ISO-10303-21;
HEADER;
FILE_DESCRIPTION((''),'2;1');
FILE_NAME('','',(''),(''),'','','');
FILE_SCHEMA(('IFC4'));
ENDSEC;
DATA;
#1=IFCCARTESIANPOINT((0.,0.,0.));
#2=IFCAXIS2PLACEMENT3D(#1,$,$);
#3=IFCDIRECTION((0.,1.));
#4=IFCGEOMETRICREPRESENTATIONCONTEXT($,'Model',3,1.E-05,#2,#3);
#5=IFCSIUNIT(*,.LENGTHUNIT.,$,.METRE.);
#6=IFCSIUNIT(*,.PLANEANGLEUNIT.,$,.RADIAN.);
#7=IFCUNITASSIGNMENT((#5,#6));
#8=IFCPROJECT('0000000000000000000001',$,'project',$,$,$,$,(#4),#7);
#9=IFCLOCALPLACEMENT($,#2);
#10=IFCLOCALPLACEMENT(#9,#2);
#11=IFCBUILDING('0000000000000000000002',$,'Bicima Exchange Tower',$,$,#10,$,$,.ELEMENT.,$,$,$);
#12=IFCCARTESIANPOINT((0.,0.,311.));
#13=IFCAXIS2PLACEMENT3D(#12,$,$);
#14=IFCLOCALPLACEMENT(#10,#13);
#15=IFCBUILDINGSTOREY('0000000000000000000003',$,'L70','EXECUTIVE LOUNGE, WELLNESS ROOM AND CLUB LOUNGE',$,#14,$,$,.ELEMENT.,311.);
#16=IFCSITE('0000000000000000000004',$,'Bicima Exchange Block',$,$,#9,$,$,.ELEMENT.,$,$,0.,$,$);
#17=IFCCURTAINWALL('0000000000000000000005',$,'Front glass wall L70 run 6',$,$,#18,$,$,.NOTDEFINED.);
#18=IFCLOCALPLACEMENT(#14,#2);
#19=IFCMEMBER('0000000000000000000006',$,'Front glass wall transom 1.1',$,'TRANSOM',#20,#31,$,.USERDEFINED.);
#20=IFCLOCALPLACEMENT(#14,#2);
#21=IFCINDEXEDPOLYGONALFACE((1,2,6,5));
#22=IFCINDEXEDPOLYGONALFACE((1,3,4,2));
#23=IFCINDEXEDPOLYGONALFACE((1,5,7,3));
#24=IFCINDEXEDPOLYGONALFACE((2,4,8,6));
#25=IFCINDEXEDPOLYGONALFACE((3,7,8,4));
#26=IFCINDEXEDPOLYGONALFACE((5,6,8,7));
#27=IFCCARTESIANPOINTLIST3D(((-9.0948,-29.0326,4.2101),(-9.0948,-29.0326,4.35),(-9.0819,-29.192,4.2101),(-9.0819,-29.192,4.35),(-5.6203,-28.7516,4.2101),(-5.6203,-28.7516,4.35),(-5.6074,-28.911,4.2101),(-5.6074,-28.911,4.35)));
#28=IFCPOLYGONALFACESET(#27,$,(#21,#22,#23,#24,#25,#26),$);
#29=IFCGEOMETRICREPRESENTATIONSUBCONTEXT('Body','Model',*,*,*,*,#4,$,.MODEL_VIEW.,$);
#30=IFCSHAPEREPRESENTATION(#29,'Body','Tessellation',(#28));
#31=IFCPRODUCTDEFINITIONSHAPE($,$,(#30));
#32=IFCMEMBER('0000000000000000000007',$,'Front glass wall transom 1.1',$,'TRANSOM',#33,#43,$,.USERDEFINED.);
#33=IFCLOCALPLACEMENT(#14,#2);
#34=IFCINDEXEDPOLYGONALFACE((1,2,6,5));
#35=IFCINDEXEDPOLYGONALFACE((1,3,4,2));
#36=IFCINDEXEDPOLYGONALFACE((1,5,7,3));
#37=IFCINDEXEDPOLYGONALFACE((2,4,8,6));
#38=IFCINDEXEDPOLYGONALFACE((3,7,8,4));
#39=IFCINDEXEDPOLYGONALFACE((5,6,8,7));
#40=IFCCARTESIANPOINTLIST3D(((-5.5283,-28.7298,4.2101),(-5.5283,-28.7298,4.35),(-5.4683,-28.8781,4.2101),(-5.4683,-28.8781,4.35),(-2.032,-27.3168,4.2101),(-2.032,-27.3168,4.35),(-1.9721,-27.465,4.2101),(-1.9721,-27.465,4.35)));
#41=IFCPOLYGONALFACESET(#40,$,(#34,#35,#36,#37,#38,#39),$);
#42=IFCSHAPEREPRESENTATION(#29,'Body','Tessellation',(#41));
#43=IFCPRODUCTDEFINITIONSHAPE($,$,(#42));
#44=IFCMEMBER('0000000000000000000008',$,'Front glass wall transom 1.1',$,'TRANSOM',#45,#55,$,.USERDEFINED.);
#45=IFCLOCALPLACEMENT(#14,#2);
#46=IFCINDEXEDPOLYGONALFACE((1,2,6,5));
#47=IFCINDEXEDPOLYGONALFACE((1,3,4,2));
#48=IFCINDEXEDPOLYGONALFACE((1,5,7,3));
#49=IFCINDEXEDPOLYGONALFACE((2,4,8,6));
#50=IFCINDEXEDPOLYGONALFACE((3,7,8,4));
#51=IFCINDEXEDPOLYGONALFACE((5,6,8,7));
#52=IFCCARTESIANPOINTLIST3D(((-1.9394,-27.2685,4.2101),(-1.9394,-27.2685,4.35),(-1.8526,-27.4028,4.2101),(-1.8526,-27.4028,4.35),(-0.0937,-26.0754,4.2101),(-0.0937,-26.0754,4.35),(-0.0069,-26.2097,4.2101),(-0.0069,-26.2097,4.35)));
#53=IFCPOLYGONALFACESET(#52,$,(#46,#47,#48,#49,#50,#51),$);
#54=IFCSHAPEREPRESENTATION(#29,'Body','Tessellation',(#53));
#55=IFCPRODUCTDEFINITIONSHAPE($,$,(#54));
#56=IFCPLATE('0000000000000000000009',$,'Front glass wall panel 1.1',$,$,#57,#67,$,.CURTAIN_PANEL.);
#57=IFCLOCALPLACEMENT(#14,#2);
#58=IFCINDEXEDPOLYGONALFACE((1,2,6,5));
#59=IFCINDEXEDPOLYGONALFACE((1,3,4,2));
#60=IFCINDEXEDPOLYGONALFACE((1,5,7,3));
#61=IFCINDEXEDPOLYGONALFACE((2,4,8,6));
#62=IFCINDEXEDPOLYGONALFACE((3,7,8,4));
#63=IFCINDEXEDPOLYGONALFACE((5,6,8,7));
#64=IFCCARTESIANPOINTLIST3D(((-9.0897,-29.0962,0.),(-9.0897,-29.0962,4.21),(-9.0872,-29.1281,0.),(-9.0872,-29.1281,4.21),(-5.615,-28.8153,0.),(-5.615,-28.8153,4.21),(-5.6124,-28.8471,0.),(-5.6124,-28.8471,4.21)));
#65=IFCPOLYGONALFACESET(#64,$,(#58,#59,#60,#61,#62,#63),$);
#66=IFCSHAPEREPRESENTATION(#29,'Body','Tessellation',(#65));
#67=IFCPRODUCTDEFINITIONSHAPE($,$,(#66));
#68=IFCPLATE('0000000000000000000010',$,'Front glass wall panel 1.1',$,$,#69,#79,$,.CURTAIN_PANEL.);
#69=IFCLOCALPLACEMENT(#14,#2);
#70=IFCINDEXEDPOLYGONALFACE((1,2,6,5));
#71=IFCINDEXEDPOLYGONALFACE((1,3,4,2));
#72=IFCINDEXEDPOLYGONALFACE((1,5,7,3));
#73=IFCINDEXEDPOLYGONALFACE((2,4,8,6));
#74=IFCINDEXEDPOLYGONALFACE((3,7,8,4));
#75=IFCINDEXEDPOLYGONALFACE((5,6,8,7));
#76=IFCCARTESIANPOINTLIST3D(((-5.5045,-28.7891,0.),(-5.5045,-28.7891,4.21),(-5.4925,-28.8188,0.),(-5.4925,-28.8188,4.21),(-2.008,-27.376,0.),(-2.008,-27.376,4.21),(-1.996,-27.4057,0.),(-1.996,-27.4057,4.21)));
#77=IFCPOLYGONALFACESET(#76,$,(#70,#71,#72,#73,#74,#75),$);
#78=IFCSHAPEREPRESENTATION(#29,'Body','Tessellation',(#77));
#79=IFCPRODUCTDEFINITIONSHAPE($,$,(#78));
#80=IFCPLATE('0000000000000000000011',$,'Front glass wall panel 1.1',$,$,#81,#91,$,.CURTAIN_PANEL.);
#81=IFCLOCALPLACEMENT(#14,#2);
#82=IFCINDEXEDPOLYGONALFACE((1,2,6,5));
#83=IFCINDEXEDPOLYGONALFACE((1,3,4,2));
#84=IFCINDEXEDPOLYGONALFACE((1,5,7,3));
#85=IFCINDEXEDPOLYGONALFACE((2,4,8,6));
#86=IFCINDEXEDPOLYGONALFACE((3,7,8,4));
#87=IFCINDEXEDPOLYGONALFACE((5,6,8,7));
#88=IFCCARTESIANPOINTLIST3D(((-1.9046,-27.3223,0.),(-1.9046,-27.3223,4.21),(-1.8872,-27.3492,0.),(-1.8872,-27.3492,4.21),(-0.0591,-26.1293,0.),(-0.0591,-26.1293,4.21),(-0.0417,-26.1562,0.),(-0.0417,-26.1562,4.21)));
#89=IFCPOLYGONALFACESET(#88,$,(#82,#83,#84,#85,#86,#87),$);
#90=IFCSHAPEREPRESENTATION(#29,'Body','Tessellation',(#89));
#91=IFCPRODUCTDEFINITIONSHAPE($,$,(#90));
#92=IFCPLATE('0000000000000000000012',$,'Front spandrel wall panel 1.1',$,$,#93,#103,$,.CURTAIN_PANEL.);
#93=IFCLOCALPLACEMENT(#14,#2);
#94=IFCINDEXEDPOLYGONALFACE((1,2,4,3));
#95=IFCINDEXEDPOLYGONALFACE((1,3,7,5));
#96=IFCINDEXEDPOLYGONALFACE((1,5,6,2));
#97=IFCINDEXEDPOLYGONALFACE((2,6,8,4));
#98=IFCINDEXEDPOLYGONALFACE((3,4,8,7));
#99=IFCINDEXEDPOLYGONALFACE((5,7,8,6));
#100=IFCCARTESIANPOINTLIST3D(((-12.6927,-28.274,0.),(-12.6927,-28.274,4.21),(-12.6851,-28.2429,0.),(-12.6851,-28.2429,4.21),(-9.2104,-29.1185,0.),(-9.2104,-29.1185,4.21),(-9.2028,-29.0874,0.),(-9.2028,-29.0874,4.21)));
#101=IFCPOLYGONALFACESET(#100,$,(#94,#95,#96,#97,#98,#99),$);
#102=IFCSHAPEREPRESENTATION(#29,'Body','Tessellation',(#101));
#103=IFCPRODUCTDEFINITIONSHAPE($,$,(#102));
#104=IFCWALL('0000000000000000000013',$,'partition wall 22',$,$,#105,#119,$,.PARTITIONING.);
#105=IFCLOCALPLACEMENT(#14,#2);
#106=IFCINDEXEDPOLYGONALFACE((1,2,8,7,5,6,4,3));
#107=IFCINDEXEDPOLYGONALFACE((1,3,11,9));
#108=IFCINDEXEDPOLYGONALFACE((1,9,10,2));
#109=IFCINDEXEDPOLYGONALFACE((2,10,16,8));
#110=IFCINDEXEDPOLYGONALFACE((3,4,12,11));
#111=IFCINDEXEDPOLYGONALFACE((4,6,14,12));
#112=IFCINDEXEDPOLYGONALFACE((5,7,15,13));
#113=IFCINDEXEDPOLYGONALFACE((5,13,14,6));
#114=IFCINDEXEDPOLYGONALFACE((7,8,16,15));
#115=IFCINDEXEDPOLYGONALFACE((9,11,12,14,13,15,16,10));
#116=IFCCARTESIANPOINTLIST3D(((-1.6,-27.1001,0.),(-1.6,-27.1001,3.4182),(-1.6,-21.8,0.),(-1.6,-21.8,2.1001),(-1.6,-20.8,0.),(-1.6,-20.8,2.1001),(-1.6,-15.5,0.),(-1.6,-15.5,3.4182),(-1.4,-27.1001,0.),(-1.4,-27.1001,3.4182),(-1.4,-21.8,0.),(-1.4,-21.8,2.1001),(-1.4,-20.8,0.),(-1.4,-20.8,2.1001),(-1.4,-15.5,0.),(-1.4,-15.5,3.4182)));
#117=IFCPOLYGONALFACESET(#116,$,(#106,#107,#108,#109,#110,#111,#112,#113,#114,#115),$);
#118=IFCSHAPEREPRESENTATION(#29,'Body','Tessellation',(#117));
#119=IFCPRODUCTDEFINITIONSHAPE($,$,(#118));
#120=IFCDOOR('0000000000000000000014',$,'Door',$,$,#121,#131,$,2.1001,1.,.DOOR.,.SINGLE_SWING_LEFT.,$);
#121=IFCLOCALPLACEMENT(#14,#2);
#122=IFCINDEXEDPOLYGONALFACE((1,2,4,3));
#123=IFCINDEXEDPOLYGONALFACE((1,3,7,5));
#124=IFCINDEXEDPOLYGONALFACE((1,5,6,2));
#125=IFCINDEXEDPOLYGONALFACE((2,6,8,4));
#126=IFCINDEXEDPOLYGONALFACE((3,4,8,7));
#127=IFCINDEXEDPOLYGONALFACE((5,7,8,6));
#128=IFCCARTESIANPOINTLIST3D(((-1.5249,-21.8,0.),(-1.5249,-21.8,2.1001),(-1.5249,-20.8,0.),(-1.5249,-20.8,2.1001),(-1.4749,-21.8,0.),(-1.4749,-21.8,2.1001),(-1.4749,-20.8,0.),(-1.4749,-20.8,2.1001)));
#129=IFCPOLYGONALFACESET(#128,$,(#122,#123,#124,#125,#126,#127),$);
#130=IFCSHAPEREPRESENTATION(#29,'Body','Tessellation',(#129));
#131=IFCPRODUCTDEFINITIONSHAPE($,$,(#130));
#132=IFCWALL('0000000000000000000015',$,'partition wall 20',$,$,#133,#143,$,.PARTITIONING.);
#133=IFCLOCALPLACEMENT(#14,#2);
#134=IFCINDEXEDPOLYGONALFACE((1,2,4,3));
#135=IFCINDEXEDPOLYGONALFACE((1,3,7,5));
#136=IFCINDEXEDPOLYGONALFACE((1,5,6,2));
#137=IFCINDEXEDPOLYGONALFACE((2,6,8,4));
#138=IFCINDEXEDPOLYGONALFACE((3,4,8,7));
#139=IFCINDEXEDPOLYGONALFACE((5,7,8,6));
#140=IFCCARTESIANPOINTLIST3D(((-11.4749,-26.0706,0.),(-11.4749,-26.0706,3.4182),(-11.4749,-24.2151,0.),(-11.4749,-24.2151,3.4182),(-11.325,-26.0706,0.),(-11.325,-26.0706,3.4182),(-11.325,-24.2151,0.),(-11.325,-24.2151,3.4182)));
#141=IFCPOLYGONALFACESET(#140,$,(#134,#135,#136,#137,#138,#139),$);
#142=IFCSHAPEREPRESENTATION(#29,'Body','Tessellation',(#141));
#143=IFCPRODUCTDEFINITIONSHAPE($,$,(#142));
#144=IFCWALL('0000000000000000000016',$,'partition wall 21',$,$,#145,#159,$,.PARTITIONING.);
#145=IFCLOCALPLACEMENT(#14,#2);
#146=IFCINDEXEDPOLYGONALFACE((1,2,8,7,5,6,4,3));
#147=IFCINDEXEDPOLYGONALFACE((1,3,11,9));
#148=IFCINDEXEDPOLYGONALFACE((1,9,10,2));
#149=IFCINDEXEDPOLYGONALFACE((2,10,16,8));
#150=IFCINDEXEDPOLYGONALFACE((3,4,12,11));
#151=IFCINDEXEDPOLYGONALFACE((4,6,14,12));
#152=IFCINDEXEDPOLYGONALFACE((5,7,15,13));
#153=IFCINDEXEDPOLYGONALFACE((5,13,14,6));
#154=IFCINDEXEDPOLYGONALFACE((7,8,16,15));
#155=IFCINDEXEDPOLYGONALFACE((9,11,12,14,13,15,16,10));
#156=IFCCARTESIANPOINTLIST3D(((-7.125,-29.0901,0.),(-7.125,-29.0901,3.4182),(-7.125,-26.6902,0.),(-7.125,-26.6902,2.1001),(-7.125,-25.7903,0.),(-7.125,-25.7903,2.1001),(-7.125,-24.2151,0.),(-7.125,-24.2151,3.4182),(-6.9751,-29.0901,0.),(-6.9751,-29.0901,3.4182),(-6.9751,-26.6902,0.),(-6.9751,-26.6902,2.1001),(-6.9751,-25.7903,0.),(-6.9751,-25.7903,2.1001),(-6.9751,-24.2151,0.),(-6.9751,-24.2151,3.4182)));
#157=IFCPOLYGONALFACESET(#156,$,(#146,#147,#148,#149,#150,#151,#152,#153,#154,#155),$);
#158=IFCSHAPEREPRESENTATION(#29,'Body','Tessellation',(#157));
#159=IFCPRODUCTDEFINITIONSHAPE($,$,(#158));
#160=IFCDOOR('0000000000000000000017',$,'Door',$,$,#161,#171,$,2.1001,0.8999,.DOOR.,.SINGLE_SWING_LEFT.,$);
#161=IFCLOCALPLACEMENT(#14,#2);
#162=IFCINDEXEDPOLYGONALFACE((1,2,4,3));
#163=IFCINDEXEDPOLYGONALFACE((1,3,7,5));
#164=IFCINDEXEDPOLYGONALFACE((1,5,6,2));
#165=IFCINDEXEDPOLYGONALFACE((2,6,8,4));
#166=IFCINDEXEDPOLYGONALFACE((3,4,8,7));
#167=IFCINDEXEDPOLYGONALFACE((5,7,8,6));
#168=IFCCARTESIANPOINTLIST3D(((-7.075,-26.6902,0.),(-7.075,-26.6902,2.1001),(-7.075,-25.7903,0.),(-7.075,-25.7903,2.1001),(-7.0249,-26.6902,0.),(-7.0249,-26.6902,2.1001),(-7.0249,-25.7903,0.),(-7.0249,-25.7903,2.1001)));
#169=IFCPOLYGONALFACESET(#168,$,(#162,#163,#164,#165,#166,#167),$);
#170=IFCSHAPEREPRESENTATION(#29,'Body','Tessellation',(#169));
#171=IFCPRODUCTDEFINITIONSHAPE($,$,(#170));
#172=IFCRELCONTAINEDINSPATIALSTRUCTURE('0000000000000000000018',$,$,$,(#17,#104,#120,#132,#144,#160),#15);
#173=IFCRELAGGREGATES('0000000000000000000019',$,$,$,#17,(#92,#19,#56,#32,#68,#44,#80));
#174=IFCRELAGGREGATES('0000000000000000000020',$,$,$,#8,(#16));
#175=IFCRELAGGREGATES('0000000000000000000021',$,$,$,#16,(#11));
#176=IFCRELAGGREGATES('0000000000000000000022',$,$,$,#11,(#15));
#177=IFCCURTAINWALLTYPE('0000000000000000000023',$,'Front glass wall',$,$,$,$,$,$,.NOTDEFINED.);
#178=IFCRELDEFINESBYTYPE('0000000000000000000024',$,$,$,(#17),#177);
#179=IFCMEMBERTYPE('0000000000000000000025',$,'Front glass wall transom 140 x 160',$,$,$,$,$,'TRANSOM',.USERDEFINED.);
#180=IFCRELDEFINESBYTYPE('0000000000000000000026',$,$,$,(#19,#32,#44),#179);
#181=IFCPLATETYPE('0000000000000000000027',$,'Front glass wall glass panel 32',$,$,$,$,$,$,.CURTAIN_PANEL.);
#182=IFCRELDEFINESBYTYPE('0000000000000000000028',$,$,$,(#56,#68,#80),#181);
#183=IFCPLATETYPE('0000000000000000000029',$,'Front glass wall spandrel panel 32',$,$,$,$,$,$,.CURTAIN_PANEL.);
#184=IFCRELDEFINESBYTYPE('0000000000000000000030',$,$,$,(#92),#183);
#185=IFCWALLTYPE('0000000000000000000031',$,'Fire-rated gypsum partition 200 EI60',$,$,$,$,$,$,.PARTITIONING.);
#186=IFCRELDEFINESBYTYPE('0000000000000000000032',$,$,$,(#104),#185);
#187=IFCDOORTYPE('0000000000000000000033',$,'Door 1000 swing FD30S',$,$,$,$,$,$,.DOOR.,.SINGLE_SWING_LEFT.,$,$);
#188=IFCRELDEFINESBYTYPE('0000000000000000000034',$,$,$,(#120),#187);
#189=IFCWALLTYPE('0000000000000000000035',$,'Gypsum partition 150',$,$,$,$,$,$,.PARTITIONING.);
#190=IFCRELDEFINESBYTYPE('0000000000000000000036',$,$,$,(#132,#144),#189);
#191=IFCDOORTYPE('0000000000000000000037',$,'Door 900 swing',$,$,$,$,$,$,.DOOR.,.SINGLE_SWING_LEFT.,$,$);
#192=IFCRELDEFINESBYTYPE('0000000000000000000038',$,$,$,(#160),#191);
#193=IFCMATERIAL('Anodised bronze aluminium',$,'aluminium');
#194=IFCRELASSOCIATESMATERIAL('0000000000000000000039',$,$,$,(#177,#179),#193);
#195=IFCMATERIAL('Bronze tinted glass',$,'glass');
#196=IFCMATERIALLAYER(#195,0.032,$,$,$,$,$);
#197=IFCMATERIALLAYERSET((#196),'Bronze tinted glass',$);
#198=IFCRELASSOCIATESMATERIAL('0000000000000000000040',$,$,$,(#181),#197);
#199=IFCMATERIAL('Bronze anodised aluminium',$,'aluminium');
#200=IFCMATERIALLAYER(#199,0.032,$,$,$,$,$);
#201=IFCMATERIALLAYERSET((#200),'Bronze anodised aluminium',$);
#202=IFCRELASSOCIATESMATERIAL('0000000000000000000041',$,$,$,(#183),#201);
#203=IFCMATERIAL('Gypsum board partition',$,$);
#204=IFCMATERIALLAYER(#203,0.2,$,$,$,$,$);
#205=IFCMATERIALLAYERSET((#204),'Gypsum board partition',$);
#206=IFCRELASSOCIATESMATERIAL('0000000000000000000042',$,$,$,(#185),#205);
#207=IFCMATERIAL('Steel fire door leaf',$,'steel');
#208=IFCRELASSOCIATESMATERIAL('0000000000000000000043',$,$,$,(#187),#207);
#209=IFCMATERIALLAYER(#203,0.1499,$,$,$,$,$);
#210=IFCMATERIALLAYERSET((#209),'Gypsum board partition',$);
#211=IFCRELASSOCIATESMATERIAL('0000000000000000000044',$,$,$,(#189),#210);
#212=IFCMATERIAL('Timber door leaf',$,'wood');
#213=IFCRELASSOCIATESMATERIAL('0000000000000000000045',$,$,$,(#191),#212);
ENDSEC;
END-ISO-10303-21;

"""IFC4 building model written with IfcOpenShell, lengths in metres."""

from ifc_helpers import new_model, si_unit, direction, frame, frame_2d, origin, origin_2d, place, context, subcontext, project, spatial, rectangle, extrude, material, layer, layer_set, material_profile, profile_set, type_object, element, fill, aggregate, save


model = new_model("IFC4")

# Units and contexts
model_context = context("Model", 3, precision=1e-05, world=origin(), true_north=direction((0.0, 1.0)))
body_context = subcontext(model_context, "Body", "Model", "MODEL_VIEW")
ifc_project = project(units=[si_unit("LENGTHUNIT", "METRE"), si_unit("PLANEANGLEUNIT", "RADIAN")], contexts=[model_context])

# Site, building, storey
site_placement = place(None, origin())
site = spatial("IfcSite", under=ifc_project, at=site_placement, Name="Bicima Exchange Block", CompositionType="ELEMENT", RefElevation=0.0)
building_placement = place(site_placement, origin())
building = spatial("IfcBuilding", under=site, at=building_placement, Name="Bicima Exchange Tower", CompositionType="ELEMENT")
storey_placement = place(building_placement, frame((0.0, 0.0, 311.0)))
storey = spatial("IfcBuildingStorey", under=building, at=storey_placement, Name="L70", Description="EXECUTIVE LOUNGE, WELLNESS ROOM AND CLUB LOUNGE", CompositionType="ELEMENT", Elevation=311.0)

# Curtain wall, members, plates
ifc_material_1 = material(Name="Anodised bronze aluminium", Category="aluminium")
curtain_wall_type = type_object("IfcCurtainWallType", Name="Front glass wall", PredefinedType="NOTDEFINED", material=ifc_material_1)
curtain_wall_placement = place(storey_placement, origin())
curtain_wall = element("IfcCurtainWall", 1, at=curtain_wall_placement, inside=storey, type_object=curtain_wall_type, Name="Front glass wall L70 run 6", PredefinedType="NOTDEFINED")
ifc_material_profile_1 = material_profile(ifc_material_1, rectangle(XDim=0.1599, YDim=0.1399, at=origin_2d()))
ifc_profile_set_1 = profile_set([ifc_material_profile_1], Name="Anodised bronze aluminium")
member_type_1 = type_object("IfcMemberType", Name="Front glass wall transom 140 x 160", ElementType="TRANSOM", PredefinedType="USERDEFINED", material=ifc_profile_set_1)
member_1_placement = place(storey_placement, frame((-9.0884, -29.1123, 4.28), z_axis=(0.996746, 0.080611, 0.0), x_axis=(-0.080611, 0.996746, 0.0)))
member_1 = element("IfcMember", 2, at=member_1_placement, type_object=member_type_1, Name="Front glass wall transom 1.1", ObjectType="TRANSOM", PredefinedType="USERDEFINED", context=body_context, shape_type="SweptSolid", body=[
    extrude(rectangle(XDim=0.1599, YDim=0.1399, at=origin_2d()), origin(), (0.0, 0.0, 1.0), 3.4858),
])
member_2_placement = place(storey_placement, frame((-5.4983, -28.804, 4.28), z_axis=(0.92714, 0.374715, 0.0), x_axis=(-0.374715, 0.92714, 0.0)))
member_2 = element("IfcMember", 3, at=member_2_placement, type_object=member_type_1, Name="Front glass wall transom 1.1", ObjectType="TRANSOM", PredefinedType="USERDEFINED", context=body_context, shape_type="SweptSolid", body=[
    extrude(rectangle(XDim=0.1599, YDim=0.1399, at=origin_2d()), origin(), (0.0, 0.0, 1.0), 3.771),
])
member_3_placement = place(storey_placement, frame((-1.896, -27.3357, 4.28), z_axis=(0.839811, 0.542878, 0.0), x_axis=(-0.542878, 0.839811, 0.0)))
member_3 = element("IfcMember", 4, at=member_3_placement, type_object=member_type_1, Name="Front glass wall transom 1.1", ObjectType="TRANSOM", PredefinedType="USERDEFINED", context=body_context, shape_type="SweptSolid", body=[
    extrude(rectangle(XDim=0.1599, YDim=0.1399, at=origin_2d()), origin(), (0.0, 0.0, 1.0), 2.1978),
])
ifc_material_2 = material(Name="Bronze tinted glass", Category="glass")
ifc_layer_1 = layer(ifc_material_2, 0.032)
ifc_layer_set_1 = layer_set([ifc_layer_1], Name="Bronze tinted glass")
plate_type_1 = type_object("IfcPlateType", Name="Front glass wall glass panel 32", PredefinedType="CURTAIN_PANEL", material=ifc_layer_set_1)
plate_1_placement = place(storey_placement, frame((-7.3511, -28.9717, 0.0), z_axis=(0.0, 0.0, 1.0), x_axis=(0.996747, 0.080589, 0.0)))
plate_1 = element("IfcPlate", 5, at=plate_1_placement, type_object=plate_type_1, Name="Front glass wall panel 1.1", PredefinedType="CURTAIN_PANEL", context=body_context, shape_type="SweptSolid", body=[
    extrude(rectangle(XDim=3.4861, YDim=0.032, at=origin_2d()), origin(), (0.0, 0.0, 1.0), 4.21),
])
plate_2_placement = place(storey_placement, frame((-3.7502, -28.0974, 0.0), z_axis=(0.0, 0.0, 1.0), x_axis=(0.927144, 0.374705, 0.0)))
plate_2 = element("IfcPlate", 6, at=plate_2_placement, type_object=plate_type_1, Name="Front glass wall panel 1.1", PredefinedType="CURTAIN_PANEL", context=body_context, shape_type="SweptSolid", body=[
    extrude(rectangle(XDim=3.7712, YDim=0.032, at=origin_2d()), origin(), (0.0, 0.0, 1.0), 4.21),
])
plate_3_placement = place(storey_placement, frame((-0.9731, -26.7393, 0.0), z_axis=(0.0, 0.0, 1.0), x_axis=(0.839799, 0.542897, 0.0)))
plate_3 = element("IfcPlate", 7, at=plate_3_placement, type_object=plate_type_1, Name="Front glass wall panel 1.1", PredefinedType="CURTAIN_PANEL", context=body_context, shape_type="SweptSolid", body=[
    extrude(rectangle(XDim=2.1975, YDim=0.032, at=origin_2d()), origin(), (0.0, 0.0, 1.0), 4.21),
])
ifc_material_3 = material(Name="Bronze anodised aluminium", Category="aluminium")
ifc_layer_2 = layer(ifc_material_3, 0.032)
ifc_layer_set_2 = layer_set([ifc_layer_2], Name="Bronze anodised aluminium")
plate_type_2 = type_object("IfcPlateType", Name="Front glass wall spandrel panel 32", PredefinedType="CURTAIN_PANEL", material=ifc_layer_set_2)
plate_4_placement = place(storey_placement, frame((-10.9478, -28.6807, 0.0), z_axis=(0.0, 0.0, 1.0), x_axis=(0.97183, -0.235682, 0.0)))
plate_4 = element("IfcPlate", 8, at=plate_4_placement, type_object=plate_type_2, Name="Front spandrel wall panel 1.1", PredefinedType="CURTAIN_PANEL", context=body_context, shape_type="SweptSolid", body=[
    extrude(rectangle(XDim=3.5833, YDim=0.032, at=origin_2d()), origin(), (0.0, 0.0, 1.0), 4.21),
])
aggregate(curtain_wall, [plate_4, member_1, plate_1, member_2, plate_2, member_3, plate_3])

# Wall, opening, door
ifc_material_4 = material(Name="Gypsum board partition")
ifc_layer_3 = layer(ifc_material_4, 0.2)
ifc_layer_set_3 = layer_set([ifc_layer_3], Name="Gypsum board partition")
wall_type_1 = type_object("IfcWallType", Name="Fire-rated gypsum partition 200 EI60", PredefinedType="PARTITIONING", material=ifc_layer_set_3)
wall_1_placement = place(storey_placement, frame((-1.5, -27.1001, 0.0), z_axis=(0.0, 0.0, 1.0), x_axis=(0.0, 1.0, 0.0)))
wall_1 = element("IfcWall", 9, at=wall_1_placement, inside=storey, type_object=wall_type_1, Name="partition wall 22", PredefinedType="PARTITIONING", context=body_context, shape_type="SweptSolid", body=[
    extrude(rectangle(XDim=11.6001, YDim=0.2, at=frame_2d((5.8, 0.0))), origin(), (0.0, 0.0, 1.0), 3.4182),
])
opening_1_placement = place(wall_1_placement, frame((5.3, 0.0, 0.0)))
opening_1 = element("IfcOpeningElement", 10, at=opening_1_placement, cuts=wall_1, PredefinedType="OPENING", context=body_context, shape_type="SweptSolid", body=[
    extrude(rectangle(XDim=1.0, YDim=2.1001, at=frame_2d((0.5, 1.05))), frame((0.0, 0.1118, 0.0), z_axis=(0.0, -1.0, 0.0), x_axis=(1.0, 0.0, 0.0)), (0.0, 0.0, 1.0), 0.2239),
])
ifc_material_5 = material(Name="Steel fire door leaf", Category="steel")
door_type_1 = type_object("IfcDoorType", Name="Door 1000 swing FD30S", OperationType="SINGLE_SWING_LEFT", PredefinedType="DOOR", material=ifc_material_5)
door_1_placement = place(opening_1_placement, origin())
door_1 = element("IfcDoor", 11, at=door_1_placement, inside=storey, type_object=door_type_1, Name="Door", OperationType="SINGLE_SWING_LEFT", OverallHeight=2.1001, OverallWidth=1.0, PredefinedType="DOOR", context=body_context, shape_type="SweptSolid", body=[
    extrude(rectangle(XDim=1.0, YDim=2.1001, at=frame_2d((0.5, 1.05))), frame((0.0, 0.0249, 0.0), z_axis=(0.0, -1.0, 0.0), x_axis=(1.0, 0.0, 0.0)), (0.0, 0.0, 1.0), 0.05),
])
fill(opening_1, door_1)

# Wall
ifc_layer_4 = layer(ifc_material_4, 0.1499)
ifc_layer_set_4 = layer_set([ifc_layer_4], Name="Gypsum board partition")
wall_type_2 = type_object("IfcWallType", Name="Gypsum partition 150", PredefinedType="PARTITIONING", material=ifc_layer_set_4)
wall_2_placement = place(storey_placement, frame((-11.3999, -26.0706, 0.0), z_axis=(0.0, 0.0, 1.0), x_axis=(0.0, 1.0, 0.0)))
element("IfcWall", 12, at=wall_2_placement, inside=storey, type_object=wall_type_2, Name="partition wall 20", PredefinedType="PARTITIONING", context=body_context, shape_type="SweptSolid", body=[
    extrude(rectangle(XDim=1.8555, YDim=0.1499, at=frame_2d((0.9277, 0.0))), origin(), (0.0, 0.0, 1.0), 3.4182),
])

# Wall, opening, door
wall_3_placement = place(storey_placement, frame((-7.05, -29.0901, 0.0), z_axis=(0.0, 0.0, 1.0), x_axis=(0.0, 1.0, 0.0)))
wall_3 = element("IfcWall", 13, at=wall_3_placement, inside=storey, type_object=wall_type_2, Name="partition wall 21", PredefinedType="PARTITIONING", context=body_context, shape_type="SweptSolid", body=[
    extrude(rectangle(XDim=4.875, YDim=0.1499, at=frame_2d((2.4375, 0.0))), origin(), (0.0, 0.0, 1.0), 3.4182),
])
opening_2_placement = place(wall_3_placement, frame((2.3999, 0.0, 0.0)))
opening_2 = element("IfcOpeningElement", 14, at=opening_2_placement, cuts=wall_3, PredefinedType="OPENING", context=body_context, shape_type="SweptSolid", body=[
    extrude(rectangle(XDim=0.8999, YDim=2.1001, at=frame_2d((0.45, 1.05))), frame((0.0, 0.0869, 0.0), z_axis=(0.0, -1.0, 0.0), x_axis=(1.0, 0.0, 0.0)), (0.0, 0.0, 1.0), 0.1738),
])
ifc_material_6 = material(Name="Timber door leaf", Category="wood")
door_type_2 = type_object("IfcDoorType", Name="Door 900 swing", OperationType="SINGLE_SWING_LEFT", PredefinedType="DOOR", material=ifc_material_6)
door_2_placement = place(opening_2_placement, origin())
door_2 = element("IfcDoor", 15, at=door_2_placement, inside=storey, type_object=door_type_2, Name="Door", OperationType="SINGLE_SWING_LEFT", OverallHeight=2.1001, OverallWidth=0.8999, PredefinedType="DOOR", context=body_context, shape_type="SweptSolid", body=[
    extrude(rectangle(XDim=0.8999, YDim=2.1001, at=frame_2d((0.45, 1.05))), frame((0.0, 0.0249, 0.0), z_axis=(0.0, -1.0, 0.0), x_axis=(1.0, 0.0, 0.0)), (0.0, 0.0, 1.0), 0.05),
])
fill(opening_2, door_2)

save(model, "model.ifc")
